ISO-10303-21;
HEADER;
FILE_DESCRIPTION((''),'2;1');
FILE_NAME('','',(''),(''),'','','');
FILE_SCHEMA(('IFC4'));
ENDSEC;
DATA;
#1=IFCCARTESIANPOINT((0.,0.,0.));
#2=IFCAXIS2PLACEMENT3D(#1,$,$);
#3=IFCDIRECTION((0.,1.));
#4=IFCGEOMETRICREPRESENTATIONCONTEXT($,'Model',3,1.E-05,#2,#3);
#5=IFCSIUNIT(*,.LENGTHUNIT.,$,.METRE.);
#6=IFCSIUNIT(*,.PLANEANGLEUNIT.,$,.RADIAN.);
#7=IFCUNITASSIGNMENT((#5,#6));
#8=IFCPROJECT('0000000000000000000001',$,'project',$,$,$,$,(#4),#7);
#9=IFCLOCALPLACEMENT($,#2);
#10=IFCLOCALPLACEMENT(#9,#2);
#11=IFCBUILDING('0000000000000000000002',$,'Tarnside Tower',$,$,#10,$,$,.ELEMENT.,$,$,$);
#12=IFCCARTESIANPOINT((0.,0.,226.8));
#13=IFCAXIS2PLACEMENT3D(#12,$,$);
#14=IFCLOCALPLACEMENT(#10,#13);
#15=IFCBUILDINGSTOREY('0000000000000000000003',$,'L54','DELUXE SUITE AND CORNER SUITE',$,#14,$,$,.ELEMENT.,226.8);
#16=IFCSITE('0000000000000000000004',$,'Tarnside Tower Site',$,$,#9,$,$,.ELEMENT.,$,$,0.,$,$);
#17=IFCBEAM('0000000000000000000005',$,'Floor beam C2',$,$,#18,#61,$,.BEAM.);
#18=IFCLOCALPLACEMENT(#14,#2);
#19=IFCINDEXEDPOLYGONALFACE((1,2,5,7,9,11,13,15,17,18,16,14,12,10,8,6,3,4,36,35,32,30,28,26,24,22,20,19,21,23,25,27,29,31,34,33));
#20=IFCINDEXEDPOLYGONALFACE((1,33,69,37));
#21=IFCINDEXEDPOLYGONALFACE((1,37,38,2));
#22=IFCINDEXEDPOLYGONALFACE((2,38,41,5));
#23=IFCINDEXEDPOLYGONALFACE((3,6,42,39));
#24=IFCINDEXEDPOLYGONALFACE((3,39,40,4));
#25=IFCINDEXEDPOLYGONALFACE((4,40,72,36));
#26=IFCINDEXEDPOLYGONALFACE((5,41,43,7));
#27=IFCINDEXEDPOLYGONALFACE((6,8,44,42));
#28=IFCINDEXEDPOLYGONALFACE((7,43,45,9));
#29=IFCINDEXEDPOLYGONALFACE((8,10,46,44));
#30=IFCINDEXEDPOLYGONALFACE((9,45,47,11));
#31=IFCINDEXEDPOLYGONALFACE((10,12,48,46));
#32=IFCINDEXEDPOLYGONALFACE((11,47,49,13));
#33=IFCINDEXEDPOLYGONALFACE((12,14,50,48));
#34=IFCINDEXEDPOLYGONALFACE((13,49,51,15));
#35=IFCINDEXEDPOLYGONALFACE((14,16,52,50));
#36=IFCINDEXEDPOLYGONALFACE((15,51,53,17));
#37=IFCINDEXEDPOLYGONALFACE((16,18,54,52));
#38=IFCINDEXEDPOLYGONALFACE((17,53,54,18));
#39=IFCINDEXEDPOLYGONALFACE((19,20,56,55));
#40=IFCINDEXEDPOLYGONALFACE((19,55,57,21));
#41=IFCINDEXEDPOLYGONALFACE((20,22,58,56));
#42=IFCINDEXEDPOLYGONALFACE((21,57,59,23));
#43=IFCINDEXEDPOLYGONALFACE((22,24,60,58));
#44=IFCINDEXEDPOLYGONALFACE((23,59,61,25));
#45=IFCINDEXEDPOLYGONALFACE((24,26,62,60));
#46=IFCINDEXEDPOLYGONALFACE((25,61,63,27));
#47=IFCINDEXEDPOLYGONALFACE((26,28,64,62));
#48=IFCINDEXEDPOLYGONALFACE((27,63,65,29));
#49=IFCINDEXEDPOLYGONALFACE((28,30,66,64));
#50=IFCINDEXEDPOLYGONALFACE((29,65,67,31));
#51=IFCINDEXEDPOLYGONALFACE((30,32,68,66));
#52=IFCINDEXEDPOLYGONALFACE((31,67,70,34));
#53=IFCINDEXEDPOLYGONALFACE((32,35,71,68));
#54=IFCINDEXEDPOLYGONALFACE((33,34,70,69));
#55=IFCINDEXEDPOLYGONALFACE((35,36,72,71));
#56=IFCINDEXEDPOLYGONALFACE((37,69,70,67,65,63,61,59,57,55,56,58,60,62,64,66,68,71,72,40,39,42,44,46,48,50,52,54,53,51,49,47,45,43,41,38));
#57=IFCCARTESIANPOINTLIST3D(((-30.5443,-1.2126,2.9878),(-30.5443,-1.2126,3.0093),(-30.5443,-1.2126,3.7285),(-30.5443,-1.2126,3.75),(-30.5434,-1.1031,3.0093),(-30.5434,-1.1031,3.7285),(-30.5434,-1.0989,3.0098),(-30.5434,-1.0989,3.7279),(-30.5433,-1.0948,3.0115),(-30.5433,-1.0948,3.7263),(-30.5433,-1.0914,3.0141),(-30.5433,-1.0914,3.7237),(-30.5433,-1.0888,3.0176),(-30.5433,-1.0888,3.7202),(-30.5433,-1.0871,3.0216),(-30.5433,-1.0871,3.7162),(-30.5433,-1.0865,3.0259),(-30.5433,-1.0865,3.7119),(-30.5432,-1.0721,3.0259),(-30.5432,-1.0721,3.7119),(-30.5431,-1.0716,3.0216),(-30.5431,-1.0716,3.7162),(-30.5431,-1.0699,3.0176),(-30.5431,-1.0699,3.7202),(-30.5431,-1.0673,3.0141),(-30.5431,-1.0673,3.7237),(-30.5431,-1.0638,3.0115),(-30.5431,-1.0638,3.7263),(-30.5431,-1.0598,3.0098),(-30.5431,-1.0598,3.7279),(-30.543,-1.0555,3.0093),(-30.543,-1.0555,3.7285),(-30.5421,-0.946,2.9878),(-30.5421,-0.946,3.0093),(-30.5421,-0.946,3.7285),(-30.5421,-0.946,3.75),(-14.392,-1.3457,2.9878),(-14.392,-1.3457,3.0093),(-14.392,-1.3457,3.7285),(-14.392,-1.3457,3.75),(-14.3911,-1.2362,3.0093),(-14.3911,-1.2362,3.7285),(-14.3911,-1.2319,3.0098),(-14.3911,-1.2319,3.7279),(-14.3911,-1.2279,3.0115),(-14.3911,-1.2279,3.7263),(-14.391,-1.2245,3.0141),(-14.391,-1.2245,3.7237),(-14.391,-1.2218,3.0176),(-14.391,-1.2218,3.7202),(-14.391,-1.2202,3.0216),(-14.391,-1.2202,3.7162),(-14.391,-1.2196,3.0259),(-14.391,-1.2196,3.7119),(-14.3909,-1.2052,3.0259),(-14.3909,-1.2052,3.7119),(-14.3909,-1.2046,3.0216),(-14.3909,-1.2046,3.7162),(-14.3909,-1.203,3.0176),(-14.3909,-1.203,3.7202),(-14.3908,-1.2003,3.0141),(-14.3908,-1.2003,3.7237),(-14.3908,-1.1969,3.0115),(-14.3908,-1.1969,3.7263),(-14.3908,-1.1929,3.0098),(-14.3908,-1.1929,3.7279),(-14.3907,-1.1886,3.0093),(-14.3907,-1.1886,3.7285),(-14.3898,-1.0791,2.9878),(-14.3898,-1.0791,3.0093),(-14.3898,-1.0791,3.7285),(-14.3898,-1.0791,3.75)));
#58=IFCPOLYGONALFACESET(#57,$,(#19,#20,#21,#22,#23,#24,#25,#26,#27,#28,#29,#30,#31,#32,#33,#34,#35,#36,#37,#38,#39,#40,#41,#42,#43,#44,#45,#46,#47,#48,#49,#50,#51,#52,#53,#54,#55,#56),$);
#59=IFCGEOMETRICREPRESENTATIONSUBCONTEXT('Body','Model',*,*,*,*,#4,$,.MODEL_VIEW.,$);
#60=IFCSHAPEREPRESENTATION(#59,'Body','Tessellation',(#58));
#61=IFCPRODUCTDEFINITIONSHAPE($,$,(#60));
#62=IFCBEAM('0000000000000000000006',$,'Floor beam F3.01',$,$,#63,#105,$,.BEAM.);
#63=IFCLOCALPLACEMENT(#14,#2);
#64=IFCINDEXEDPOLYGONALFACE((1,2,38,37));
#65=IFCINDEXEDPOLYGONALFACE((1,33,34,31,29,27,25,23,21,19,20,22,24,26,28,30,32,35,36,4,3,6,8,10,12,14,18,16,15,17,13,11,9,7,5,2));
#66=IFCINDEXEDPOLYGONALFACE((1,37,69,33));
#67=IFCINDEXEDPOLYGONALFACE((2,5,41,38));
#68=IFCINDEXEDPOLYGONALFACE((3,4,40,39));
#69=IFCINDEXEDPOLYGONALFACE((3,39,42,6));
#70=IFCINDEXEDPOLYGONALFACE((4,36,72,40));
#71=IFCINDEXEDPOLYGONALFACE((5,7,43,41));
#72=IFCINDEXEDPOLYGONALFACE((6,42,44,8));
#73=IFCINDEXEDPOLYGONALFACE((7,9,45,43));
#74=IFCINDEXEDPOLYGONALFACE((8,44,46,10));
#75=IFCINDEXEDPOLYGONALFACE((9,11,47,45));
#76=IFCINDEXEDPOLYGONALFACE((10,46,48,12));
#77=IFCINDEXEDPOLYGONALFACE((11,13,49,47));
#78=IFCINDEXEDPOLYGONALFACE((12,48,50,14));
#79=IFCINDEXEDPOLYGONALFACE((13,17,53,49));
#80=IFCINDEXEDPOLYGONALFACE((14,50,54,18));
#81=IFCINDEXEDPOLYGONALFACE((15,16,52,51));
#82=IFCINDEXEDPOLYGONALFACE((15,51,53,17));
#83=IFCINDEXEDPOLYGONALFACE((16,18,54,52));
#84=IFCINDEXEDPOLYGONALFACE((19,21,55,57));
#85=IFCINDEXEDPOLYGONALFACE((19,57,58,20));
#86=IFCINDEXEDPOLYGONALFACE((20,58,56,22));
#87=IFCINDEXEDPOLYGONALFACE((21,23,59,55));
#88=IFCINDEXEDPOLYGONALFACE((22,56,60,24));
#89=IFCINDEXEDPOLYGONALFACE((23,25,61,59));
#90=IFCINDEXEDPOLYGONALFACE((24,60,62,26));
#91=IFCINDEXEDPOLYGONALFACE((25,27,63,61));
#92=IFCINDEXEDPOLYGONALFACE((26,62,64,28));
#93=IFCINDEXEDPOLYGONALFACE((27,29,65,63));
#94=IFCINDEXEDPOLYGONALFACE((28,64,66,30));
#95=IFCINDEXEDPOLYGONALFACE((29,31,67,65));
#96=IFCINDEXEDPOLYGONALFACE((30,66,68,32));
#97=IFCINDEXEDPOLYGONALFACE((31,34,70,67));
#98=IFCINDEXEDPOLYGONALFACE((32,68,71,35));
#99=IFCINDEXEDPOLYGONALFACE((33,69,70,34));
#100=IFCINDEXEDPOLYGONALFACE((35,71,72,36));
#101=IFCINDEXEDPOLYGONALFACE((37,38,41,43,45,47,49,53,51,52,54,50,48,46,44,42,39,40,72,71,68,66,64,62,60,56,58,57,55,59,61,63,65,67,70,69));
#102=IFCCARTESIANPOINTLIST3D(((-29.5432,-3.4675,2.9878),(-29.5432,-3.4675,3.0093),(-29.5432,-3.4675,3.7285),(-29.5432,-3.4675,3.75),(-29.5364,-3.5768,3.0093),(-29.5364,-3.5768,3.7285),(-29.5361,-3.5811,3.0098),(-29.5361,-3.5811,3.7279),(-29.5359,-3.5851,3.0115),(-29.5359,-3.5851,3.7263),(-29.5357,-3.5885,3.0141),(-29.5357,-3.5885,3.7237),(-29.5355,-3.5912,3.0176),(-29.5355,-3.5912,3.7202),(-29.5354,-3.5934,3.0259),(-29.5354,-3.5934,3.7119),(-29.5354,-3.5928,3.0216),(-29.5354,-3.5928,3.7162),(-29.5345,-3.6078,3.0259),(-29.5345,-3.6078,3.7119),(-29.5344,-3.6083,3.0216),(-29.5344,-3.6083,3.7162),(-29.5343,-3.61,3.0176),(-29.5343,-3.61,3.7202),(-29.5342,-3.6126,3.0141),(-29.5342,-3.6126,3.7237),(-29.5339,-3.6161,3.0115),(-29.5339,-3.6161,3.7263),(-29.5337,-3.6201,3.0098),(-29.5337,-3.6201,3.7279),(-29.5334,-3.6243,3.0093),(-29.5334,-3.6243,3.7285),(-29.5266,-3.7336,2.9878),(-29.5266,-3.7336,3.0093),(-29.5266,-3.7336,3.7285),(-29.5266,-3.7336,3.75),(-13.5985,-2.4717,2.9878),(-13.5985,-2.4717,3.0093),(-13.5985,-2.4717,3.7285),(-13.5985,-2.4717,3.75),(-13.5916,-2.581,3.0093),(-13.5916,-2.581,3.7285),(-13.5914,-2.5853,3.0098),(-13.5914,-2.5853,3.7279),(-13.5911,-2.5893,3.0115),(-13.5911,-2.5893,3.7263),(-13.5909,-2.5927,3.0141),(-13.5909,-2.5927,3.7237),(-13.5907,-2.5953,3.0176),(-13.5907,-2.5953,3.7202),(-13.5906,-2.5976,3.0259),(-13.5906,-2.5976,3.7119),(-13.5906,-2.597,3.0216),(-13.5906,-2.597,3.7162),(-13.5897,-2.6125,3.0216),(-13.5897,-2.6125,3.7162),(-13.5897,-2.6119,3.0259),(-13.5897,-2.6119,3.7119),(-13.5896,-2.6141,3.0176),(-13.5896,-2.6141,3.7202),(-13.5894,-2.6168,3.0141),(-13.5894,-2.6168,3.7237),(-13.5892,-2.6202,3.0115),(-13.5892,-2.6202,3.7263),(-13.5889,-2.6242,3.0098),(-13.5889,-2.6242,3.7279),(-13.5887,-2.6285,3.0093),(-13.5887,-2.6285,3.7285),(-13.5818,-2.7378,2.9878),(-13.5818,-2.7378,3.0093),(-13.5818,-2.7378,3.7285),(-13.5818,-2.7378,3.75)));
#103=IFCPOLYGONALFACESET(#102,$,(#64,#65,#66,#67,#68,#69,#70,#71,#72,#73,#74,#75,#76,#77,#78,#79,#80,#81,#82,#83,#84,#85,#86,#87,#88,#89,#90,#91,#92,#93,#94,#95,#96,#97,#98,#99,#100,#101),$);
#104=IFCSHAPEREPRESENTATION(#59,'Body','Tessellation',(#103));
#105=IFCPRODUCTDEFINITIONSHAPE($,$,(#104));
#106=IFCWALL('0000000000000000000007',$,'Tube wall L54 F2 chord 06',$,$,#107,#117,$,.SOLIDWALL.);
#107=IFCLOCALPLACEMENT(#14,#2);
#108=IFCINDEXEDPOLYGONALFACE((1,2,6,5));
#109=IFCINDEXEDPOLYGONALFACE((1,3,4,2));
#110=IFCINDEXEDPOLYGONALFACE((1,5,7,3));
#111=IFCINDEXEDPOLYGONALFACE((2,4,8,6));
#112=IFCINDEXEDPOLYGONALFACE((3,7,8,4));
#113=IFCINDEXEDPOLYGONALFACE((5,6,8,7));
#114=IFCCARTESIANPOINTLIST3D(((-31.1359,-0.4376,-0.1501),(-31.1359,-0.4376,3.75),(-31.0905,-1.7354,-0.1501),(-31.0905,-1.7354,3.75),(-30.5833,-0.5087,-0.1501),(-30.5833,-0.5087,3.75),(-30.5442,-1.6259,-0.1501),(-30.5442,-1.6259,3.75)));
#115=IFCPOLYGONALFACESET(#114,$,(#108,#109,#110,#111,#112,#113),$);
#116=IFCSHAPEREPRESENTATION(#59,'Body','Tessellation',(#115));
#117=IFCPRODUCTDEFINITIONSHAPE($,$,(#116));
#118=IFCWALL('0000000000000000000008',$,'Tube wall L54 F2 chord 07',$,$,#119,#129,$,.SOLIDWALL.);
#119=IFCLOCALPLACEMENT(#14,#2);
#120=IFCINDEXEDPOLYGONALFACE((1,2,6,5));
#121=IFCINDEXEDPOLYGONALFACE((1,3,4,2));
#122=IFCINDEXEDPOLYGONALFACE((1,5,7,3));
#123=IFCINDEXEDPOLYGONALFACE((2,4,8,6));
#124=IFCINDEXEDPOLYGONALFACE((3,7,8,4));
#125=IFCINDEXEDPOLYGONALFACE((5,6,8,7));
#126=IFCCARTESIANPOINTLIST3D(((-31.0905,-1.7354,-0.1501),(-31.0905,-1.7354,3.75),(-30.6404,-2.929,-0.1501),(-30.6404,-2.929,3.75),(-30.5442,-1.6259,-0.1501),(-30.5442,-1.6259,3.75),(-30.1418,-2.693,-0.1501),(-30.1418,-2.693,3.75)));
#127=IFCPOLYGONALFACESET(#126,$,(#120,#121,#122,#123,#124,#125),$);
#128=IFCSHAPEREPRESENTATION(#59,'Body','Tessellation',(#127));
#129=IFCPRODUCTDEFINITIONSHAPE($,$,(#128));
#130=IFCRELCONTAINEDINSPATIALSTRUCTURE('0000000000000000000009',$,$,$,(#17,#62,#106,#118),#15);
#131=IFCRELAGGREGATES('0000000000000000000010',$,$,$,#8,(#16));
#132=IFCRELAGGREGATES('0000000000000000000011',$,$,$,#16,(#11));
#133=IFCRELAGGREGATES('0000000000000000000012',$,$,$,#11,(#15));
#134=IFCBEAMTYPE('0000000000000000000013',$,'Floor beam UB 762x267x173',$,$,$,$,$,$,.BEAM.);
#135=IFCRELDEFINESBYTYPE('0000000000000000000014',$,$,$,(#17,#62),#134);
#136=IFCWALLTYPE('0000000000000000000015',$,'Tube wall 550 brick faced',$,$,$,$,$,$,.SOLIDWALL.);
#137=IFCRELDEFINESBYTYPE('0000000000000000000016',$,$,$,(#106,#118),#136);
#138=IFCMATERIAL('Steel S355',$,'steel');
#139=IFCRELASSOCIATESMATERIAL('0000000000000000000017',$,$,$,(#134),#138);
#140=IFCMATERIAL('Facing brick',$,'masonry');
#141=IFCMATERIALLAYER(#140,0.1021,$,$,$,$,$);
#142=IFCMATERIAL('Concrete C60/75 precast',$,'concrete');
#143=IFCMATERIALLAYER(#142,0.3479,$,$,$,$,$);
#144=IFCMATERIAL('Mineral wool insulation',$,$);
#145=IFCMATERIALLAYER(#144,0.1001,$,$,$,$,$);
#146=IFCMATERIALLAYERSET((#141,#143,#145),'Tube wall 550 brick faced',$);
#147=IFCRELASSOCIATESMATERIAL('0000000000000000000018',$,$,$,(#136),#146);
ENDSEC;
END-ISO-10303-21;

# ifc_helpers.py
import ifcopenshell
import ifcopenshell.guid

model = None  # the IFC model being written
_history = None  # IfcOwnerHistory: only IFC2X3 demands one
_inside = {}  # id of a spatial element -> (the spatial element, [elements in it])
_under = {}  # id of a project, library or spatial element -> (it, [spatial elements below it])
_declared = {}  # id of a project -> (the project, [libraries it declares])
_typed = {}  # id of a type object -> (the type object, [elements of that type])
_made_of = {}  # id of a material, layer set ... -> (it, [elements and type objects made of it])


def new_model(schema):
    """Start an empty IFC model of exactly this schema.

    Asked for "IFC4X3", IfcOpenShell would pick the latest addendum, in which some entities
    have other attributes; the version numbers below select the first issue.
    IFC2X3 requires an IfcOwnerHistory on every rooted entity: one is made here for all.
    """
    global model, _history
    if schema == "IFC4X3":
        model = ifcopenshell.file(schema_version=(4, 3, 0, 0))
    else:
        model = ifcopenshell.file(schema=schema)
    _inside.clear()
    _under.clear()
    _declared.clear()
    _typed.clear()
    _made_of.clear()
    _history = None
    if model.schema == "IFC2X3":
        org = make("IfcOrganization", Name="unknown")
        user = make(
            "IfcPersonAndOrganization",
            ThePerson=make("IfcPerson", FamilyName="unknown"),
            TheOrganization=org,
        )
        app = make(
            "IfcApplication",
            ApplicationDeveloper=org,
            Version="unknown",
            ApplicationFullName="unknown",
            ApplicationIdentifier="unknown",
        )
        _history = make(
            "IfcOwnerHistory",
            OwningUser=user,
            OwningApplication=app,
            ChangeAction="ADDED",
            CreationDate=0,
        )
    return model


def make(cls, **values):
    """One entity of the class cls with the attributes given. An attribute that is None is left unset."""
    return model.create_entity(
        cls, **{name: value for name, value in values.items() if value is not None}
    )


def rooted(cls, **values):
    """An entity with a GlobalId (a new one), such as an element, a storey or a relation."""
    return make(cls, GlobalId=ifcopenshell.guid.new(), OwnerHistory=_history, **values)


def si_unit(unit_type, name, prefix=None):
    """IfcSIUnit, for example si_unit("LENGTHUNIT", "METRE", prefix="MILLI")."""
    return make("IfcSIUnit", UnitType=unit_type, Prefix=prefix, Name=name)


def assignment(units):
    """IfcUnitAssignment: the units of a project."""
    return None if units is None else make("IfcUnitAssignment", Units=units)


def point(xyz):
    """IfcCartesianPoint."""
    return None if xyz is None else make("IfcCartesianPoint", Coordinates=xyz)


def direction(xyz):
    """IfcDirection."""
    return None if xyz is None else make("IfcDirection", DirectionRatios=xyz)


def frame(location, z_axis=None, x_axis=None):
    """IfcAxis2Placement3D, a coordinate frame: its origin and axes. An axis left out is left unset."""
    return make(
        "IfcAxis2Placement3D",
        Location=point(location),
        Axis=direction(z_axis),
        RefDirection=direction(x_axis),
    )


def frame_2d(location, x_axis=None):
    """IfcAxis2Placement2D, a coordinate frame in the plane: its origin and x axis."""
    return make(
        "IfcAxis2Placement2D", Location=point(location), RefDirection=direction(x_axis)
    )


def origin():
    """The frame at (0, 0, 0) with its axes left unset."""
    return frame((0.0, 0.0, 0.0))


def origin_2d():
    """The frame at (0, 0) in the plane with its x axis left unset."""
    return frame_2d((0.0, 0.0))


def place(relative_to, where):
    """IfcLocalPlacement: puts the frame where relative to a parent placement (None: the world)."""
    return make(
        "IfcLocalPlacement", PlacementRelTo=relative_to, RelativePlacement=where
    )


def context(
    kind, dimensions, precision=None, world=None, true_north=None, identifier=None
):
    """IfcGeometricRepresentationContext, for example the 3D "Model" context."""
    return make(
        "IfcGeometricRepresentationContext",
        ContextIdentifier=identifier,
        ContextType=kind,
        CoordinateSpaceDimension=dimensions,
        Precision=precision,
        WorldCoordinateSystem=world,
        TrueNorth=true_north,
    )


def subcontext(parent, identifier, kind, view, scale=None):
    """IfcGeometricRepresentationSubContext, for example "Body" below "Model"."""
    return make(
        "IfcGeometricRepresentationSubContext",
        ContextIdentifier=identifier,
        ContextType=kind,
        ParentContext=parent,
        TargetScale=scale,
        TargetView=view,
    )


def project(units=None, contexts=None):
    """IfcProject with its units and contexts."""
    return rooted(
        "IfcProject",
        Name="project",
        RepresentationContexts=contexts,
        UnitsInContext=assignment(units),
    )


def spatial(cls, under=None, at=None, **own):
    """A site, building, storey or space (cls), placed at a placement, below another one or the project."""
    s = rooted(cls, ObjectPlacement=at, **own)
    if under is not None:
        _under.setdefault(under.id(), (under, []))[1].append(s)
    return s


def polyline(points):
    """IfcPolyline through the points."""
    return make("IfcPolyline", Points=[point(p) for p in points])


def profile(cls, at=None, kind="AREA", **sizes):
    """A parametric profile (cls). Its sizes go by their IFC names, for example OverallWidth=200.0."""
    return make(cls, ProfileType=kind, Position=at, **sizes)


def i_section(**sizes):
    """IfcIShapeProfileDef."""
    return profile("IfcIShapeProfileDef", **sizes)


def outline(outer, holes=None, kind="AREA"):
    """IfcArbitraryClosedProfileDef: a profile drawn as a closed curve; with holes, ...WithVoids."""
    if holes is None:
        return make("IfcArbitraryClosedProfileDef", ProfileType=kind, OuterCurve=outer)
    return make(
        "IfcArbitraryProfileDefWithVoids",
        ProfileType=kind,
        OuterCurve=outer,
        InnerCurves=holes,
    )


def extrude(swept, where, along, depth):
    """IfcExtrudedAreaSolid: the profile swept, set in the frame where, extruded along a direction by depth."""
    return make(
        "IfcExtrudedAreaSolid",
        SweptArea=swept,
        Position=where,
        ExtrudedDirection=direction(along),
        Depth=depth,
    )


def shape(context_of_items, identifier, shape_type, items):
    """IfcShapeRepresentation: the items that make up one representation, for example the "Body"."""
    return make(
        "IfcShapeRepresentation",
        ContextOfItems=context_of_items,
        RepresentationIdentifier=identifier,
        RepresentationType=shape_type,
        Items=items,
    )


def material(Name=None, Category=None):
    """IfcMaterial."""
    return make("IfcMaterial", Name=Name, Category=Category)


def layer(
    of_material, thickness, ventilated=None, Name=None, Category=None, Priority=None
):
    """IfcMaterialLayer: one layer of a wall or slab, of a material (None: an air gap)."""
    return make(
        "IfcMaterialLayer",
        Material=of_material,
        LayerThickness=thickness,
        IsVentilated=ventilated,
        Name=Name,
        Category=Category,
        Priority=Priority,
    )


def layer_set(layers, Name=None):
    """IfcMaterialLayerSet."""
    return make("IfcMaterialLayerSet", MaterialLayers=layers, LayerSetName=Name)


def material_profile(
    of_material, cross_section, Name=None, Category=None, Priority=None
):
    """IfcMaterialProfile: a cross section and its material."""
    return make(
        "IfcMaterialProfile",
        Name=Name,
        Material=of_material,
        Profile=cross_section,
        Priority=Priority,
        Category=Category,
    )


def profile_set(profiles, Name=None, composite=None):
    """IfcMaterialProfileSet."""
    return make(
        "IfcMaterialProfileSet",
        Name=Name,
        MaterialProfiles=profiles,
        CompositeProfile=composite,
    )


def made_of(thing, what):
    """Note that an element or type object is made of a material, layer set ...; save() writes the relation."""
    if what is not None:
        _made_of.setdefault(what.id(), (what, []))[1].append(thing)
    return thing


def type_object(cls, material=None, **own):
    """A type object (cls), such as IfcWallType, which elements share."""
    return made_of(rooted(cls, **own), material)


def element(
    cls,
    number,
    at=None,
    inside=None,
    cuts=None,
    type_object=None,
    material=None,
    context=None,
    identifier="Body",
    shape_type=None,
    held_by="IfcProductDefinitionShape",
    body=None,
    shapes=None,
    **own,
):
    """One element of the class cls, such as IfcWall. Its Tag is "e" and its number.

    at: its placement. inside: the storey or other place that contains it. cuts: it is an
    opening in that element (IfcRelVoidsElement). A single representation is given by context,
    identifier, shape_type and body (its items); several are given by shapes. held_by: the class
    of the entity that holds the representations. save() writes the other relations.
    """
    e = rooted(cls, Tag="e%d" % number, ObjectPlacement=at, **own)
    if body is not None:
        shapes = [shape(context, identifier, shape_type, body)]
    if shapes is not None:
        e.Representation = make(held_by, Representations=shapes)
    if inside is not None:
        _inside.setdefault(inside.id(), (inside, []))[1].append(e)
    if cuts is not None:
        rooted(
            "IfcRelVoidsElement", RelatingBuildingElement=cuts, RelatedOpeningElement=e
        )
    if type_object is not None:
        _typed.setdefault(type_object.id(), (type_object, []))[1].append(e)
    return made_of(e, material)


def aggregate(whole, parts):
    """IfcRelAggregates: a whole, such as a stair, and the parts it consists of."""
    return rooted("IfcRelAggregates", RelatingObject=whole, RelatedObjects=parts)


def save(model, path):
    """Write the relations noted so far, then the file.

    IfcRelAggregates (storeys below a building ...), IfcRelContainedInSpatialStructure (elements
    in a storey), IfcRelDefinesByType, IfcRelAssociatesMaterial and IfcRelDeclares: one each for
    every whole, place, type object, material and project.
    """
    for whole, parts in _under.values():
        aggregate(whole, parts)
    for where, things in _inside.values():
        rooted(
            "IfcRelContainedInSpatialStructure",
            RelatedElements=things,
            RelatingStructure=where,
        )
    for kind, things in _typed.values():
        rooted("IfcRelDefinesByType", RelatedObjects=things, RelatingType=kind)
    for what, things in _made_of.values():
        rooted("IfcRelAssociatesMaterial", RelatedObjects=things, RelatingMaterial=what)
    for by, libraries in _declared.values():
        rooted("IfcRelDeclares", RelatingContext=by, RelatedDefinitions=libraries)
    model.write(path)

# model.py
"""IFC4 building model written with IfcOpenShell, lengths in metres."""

from ifc_helpers import new_model, si_unit, direction, frame, origin, origin_2d, place, context, subcontext, project, spatial, polyline, i_section, outline, extrude, material, layer, layer_set, material_profile, profile_set, type_object, element, save


model = new_model("IFC4")

# Units and contexts
model_context = context("Model", 3, precision=1e-05, world=origin(), true_north=direction((0.0, 1.0)))
body_context = subcontext(model_context, "Body", "Model", "MODEL_VIEW")
ifc_project = project(units=[si_unit("LENGTHUNIT", "METRE"), si_unit("PLANEANGLEUNIT", "RADIAN")], contexts=[model_context])

# Site, building, storey
site_placement = place(None, origin())
site = spatial("IfcSite", under=ifc_project, at=site_placement, Name="Tarnside Tower Site", CompositionType="ELEMENT", RefElevation=0.0)
building_placement = place(site_placement, origin())
building = spatial("IfcBuilding", under=site, at=building_placement, Name="Tarnside Tower", CompositionType="ELEMENT")
storey_placement = place(building_placement, frame((0.0, 0.0, 226.8)))
storey = spatial("IfcBuildingStorey", under=building, at=storey_placement, Name="L54", Description="DELUXE SUITE AND CORNER SUITE", CompositionType="ELEMENT", Elevation=226.8)

# Beams
ifc_material_1 = material(Name="Steel S355", Category="steel")
ifc_material_profile = material_profile(ifc_material_1, i_section(OverallWidth=0.2666, OverallDepth=0.7622, WebThickness=0.0144, FlangeThickness=0.0215, FilletRadius=0.0166, at=origin_2d()), Name="UB 762x267x173")
ifc_profile_set = profile_set([ifc_material_profile], Name="Steel S355")
beam_type = type_object("IfcBeamType", Name="Floor beam UB 762x267x173", PredefinedType="BEAM", material=ifc_profile_set)
beam_1_placement = place(storey_placement, frame((-30.5432, -1.0793, 3.3689), z_axis=(0.999966, -0.008237, 0.0), x_axis=(0.008237, 0.999966, 0.0)))
element("IfcBeam", 1, at=beam_1_placement, inside=storey, type_object=beam_type, Name="Floor beam C2", PredefinedType="BEAM", context=body_context, shape_type="SweptSolid", body=[
    extrude(i_section(OverallWidth=0.2666, OverallDepth=0.7622, WebThickness=0.0144, FlangeThickness=0.0215, FilletRadius=0.0166, at=origin_2d()), origin(), (0.0, 0.0, 1.0), 16.1528),
])
beam_2_placement = place(storey_placement, frame((-29.5349, -3.6006, 3.3689), z_axis=(0.998055, 0.062335, 0.0), x_axis=(-0.062335, 0.998055, 0.0)))
element("IfcBeam", 2, at=beam_2_placement, inside=storey, type_object=beam_type, Name="Floor beam F3.01", PredefinedType="BEAM", context=body_context, shape_type="SweptSolid", body=[
    extrude(i_section(OverallWidth=0.2666, OverallDepth=0.7622, WebThickness=0.0144, FlangeThickness=0.0215, FilletRadius=0.0166, at=origin_2d()), origin(), (0.0, 0.0, 1.0), 15.9758),
])

# Walls
ifc_material_2 = material(Name="Facing brick", Category="masonry")
ifc_layer_1 = layer(ifc_material_2, 0.1021)
ifc_material_3 = material(Name="Concrete C60/75 precast", Category="concrete")
ifc_layer_2 = layer(ifc_material_3, 0.3479)
ifc_material_4 = material(Name="Mineral wool insulation")
ifc_layer_3 = layer(ifc_material_4, 0.1001)
ifc_layer_set_1 = layer_set([ifc_layer_1, ifc_layer_2, ifc_layer_3], Name="Tube wall 550 brick faced")
wall_type = type_object("IfcWallType", Name="Tube wall 550 brick faced", PredefinedType="SOLIDWALL", material=ifc_layer_set_1)
wall_1_placement = place(storey_placement, frame((-30.8596, -0.4731, -0.1501), z_axis=(0.0, 0.0, 1.0), x_axis=(0.034956, -0.999389, 0.0)))
element("IfcWall", 3, at=wall_1_placement, inside=storey, type_object=wall_type, Name="Tube wall L54 F2 chord 06", PredefinedType="SOLIDWALL", context=body_context, shape_type="SweptSolid", body=[
    extrude(outline(polyline([(-0.0452, -0.2749), (1.2534, -0.2749), (1.1631, 0.2749), (0.0452, 0.2749), (-0.0452, -0.2749)])), origin(), (0.0, 0.0, 1.0), 3.9001),
])
wall_2_placement = place(storey_placement, frame((-30.8174, -1.6807, -0.1501), z_axis=(0.0, 0.0, 1.0), x_axis=(0.35285, -0.93568, 0.0)))
element("IfcWall", 4, at=wall_2_placement, inside=storey, type_object=wall_type, Name="Tube wall L54 F2 chord 07", PredefinedType="SOLIDWALL", context=body_context, shape_type="SweptSolid", body=[
    extrude(outline(polyline([(-0.0452, -0.2749), (1.2305, -0.2749), (1.1855, 0.2749), (0.0452, 0.2749), (-0.0452, -0.2749)])), origin(), (0.0, 0.0, 1.0), 3.9001),
])

save(model, "model.ifc")
